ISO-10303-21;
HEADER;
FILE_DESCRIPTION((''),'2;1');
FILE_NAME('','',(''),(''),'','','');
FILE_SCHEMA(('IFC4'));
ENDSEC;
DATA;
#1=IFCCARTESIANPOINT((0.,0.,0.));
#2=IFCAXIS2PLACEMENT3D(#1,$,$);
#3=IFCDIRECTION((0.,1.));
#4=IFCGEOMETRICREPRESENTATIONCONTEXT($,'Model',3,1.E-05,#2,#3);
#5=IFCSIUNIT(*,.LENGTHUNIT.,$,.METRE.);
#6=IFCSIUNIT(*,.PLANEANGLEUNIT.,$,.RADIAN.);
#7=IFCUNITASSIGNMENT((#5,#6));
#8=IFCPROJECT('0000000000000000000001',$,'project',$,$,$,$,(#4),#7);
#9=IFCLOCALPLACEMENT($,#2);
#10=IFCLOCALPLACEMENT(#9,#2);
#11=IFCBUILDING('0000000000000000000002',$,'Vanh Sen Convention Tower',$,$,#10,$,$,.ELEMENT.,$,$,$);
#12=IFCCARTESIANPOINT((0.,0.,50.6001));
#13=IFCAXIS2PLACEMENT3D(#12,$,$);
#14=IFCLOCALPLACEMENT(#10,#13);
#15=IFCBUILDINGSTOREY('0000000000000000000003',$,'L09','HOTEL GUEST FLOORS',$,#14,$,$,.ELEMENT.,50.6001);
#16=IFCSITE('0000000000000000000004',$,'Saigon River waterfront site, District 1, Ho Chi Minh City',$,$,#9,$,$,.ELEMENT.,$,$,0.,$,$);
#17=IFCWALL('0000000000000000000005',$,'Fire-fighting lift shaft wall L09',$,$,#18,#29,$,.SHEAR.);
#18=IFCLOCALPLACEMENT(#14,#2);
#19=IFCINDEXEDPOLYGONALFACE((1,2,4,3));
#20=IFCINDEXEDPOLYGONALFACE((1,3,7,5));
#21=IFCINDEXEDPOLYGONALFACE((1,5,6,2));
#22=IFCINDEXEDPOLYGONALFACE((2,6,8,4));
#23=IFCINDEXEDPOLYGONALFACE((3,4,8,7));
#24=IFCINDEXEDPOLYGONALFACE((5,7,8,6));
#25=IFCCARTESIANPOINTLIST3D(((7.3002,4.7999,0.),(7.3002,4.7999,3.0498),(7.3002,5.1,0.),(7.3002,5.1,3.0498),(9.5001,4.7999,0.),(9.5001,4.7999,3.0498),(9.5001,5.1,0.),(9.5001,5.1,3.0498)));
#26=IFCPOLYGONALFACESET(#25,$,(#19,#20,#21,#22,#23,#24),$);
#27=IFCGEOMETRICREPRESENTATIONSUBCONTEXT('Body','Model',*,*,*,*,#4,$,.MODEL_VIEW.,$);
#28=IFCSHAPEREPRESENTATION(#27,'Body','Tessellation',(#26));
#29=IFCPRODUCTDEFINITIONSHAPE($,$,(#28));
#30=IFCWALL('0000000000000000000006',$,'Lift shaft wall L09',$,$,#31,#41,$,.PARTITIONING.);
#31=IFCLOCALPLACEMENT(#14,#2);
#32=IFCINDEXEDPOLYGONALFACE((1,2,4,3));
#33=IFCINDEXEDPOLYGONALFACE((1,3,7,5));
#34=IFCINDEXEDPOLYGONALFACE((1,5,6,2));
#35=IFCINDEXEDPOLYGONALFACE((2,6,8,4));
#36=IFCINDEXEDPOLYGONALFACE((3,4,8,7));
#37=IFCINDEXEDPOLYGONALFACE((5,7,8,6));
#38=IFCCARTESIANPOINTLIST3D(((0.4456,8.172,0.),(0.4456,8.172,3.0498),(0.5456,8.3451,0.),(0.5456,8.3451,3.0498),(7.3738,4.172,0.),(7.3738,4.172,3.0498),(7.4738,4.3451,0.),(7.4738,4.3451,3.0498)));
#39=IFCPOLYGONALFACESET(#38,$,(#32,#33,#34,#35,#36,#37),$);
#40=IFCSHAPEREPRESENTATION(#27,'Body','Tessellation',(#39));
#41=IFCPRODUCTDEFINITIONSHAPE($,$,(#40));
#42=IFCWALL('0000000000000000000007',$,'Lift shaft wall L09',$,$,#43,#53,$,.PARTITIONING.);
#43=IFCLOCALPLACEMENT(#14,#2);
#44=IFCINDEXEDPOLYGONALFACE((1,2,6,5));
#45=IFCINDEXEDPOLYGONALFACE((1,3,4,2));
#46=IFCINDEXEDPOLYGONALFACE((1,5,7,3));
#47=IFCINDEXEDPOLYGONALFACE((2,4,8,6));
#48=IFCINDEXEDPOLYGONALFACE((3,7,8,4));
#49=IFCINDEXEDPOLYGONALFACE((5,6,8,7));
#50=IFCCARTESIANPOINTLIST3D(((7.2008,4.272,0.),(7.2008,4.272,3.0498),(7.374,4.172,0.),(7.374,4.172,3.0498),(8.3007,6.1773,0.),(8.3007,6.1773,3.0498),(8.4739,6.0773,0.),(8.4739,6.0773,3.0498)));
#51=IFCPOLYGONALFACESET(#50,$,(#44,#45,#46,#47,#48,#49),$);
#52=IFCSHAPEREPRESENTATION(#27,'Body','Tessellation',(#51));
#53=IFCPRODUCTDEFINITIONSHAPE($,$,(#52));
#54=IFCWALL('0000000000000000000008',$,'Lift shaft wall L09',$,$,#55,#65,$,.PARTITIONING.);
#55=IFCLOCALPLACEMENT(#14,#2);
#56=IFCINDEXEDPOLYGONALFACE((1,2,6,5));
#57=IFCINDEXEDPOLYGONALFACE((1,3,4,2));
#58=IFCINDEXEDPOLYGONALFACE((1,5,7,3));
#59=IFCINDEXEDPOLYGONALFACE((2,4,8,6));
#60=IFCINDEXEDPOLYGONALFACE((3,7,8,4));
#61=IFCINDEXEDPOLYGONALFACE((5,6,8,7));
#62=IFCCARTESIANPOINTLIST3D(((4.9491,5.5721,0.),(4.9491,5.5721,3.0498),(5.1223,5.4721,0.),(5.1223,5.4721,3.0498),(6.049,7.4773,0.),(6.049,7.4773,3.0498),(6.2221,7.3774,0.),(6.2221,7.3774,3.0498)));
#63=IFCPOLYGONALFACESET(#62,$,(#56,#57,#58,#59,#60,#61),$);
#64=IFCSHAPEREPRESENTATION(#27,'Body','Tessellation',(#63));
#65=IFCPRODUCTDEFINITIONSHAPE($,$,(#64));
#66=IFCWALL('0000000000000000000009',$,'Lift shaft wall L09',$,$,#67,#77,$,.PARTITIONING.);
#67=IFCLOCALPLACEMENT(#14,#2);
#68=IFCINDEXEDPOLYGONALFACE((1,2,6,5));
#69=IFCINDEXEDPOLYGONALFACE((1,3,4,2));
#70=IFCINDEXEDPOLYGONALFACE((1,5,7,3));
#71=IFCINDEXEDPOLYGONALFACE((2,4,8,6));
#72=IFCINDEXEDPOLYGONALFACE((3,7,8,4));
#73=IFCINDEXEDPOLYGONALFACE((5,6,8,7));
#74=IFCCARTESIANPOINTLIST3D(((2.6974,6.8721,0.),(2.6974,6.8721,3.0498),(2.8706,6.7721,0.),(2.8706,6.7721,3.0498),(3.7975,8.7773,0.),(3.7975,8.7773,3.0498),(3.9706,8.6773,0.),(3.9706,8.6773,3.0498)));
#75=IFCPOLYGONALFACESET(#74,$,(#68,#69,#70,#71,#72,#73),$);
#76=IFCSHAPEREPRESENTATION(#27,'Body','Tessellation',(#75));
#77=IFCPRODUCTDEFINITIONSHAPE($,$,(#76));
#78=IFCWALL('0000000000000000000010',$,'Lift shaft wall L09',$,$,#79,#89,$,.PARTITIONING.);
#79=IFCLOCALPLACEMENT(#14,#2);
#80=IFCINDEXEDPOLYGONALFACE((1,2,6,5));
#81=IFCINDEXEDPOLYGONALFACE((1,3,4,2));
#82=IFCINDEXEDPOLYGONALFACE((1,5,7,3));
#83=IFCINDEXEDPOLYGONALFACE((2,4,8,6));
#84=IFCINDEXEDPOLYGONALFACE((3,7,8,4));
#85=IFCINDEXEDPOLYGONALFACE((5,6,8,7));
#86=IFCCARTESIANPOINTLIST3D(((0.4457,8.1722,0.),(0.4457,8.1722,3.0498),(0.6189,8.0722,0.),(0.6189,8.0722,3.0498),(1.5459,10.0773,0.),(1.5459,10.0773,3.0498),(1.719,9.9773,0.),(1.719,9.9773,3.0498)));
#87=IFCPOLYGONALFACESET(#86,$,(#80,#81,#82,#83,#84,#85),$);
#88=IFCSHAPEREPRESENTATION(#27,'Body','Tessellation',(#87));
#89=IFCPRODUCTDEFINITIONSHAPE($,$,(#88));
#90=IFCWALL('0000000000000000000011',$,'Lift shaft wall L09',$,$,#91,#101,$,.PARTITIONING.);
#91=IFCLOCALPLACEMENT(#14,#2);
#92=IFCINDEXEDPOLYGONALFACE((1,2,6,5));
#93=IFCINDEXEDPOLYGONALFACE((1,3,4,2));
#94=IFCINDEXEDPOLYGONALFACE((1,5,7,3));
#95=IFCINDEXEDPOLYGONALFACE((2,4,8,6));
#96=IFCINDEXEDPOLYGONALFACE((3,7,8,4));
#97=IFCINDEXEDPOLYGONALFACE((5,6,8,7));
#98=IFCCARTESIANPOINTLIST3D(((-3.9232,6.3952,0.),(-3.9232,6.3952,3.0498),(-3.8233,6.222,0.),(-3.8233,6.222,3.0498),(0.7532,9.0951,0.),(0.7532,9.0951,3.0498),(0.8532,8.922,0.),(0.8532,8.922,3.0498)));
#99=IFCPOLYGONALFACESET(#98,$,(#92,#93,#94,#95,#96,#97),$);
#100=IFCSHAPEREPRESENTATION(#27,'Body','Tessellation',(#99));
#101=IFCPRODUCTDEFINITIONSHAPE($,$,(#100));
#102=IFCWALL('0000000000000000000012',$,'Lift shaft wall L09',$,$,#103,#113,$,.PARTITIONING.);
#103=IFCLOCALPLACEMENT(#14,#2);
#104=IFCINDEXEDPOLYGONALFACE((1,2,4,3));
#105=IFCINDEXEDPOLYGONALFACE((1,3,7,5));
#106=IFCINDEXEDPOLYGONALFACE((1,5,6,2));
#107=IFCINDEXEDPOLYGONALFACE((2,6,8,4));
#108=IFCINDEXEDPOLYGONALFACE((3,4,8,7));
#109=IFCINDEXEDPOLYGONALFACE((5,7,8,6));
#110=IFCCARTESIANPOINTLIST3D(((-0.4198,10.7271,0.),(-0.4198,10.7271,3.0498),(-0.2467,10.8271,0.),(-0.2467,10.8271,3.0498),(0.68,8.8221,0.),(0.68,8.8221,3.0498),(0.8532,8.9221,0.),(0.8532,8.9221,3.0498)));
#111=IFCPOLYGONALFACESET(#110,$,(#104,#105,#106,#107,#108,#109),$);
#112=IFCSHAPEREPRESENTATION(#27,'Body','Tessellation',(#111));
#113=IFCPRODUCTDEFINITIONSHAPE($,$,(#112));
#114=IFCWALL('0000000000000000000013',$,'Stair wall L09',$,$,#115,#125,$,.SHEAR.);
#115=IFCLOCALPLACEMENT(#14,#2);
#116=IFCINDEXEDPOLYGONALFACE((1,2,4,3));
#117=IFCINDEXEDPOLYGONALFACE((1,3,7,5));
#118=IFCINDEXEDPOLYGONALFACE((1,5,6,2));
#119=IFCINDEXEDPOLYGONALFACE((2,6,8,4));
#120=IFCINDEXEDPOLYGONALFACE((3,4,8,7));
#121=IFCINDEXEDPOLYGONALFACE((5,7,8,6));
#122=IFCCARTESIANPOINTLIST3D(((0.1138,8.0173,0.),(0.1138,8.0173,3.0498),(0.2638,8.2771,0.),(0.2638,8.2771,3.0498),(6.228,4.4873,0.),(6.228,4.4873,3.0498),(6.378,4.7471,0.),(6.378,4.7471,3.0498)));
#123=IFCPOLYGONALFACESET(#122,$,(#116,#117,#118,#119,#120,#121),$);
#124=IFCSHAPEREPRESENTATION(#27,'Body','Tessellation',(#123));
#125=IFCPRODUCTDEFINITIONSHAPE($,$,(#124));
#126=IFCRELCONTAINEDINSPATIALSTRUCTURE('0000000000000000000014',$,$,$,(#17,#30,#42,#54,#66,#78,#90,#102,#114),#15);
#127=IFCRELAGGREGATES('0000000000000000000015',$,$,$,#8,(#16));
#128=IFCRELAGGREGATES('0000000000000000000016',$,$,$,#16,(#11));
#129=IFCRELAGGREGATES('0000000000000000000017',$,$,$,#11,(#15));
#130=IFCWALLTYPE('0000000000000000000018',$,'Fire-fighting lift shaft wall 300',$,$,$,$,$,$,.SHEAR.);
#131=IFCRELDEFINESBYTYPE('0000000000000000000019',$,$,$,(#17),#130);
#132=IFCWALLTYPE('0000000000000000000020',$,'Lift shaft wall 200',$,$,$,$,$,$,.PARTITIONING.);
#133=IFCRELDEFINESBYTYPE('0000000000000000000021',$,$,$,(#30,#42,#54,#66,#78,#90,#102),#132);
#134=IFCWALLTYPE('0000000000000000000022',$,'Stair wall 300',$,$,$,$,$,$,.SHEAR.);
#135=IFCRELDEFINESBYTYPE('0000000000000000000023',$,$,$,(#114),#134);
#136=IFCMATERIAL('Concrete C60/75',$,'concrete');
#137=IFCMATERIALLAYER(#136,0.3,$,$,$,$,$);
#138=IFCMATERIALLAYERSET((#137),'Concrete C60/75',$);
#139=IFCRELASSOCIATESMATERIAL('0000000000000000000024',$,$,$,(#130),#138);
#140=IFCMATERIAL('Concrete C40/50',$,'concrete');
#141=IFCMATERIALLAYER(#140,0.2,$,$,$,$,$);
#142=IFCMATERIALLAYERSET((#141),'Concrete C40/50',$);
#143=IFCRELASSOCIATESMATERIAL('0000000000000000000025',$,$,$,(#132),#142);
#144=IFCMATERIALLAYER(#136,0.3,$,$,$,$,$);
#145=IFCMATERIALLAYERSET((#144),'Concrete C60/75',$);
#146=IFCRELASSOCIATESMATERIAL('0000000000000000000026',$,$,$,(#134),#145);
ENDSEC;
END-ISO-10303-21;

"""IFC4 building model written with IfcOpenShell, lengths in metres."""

from ifc_helpers import new_model, si_unit, direction, frame, frame_2d, origin, place, context, subcontext, project, spatial, rectangle, extrude, material, layer, layer_set, type_object, element, save


model = new_model("IFC4")

# Units and contexts
model_context = context("Model", 3, precision=1e-05, world=origin(), true_north=direction((0.0, 1.0)))
body_context = subcontext(model_context, "Body", "Model", "MODEL_VIEW")
ifc_project = project(units=[si_unit("LENGTHUNIT", "METRE"), si_unit("PLANEANGLEUNIT", "RADIAN")], contexts=[model_context])

# Site, building, storey
site_placement = place(None, origin())
site = spatial("IfcSite", under=ifc_project, at=site_placement, Name="Saigon River waterfront site, District 1, Ho Chi Minh City", CompositionType="ELEMENT", RefElevation=0.0)
building_placement = place(site_placement, origin())
building = spatial("IfcBuilding", under=site, at=building_placement, Name="Vanh Sen Convention Tower", CompositionType="ELEMENT")
storey_placement = place(building_placement, frame((0.0, 0.0, 50.6001)))
storey = spatial("IfcBuildingStorey", under=building, at=storey_placement, Name="L09", Description="HOTEL GUEST FLOORS", CompositionType="ELEMENT", Elevation=50.6001)

# Shared definitions
ifc_material_1 = material(Name="Concrete C60/75", Category="concrete")
ifc_layer_1 = layer(ifc_material_1, 0.3)
ifc_layer_set_1 = layer_set([ifc_layer_1], Name="Concrete C60/75")
wall_type_1 = type_object("IfcWallType", Name="Fire-fighting lift shaft wall 300", PredefinedType="SHEAR", material=ifc_layer_set_1)

# Walls
wall_1_placement = place(storey_placement, frame((7.3, 4.95, 0.0), z_axis=(0.0, 0.0, 1.0), x_axis=(1.0, 0.0, 0.0)))
element("IfcWall", 1, at=wall_1_placement, inside=storey, type_object=wall_type_1, Name="Fire-fighting lift shaft wall L09", PredefinedType="SHEAR", context=body_context, shape_type="SweptSolid", body=[
    extrude(rectangle(XDim=2.2, YDim=0.3, at=frame_2d((1.1001, 0.0))), origin(), (0.0, 0.0, 1.0), 3.0498),
])
ifc_material_2 = material(Name="Concrete C40/50", Category="concrete")
ifc_layer_2 = layer(ifc_material_2, 0.2)
ifc_layer_set_2 = layer_set([ifc_layer_2], Name="Concrete C40/50")
wall_type_2 = type_object("IfcWallType", Name="Lift shaft wall 200", PredefinedType="PARTITIONING", material=ifc_layer_set_2)
wall_2_placement = place(storey_placement, frame((7.4238, 4.2585, 0.0), z_axis=(0.0, 0.0, 1.0), x_axis=(-0.866026, 0.499999, 0.0)))
element("IfcWall", 2, at=wall_2_placement, inside=storey, type_object=wall_type_2, Name="Lift shaft wall L09", PredefinedType="PARTITIONING", context=body_context, shape_type="SweptSolid", body=[
    extrude(rectangle(XDim=8.0, YDim=0.2, at=frame_2d((4.0, 0.0))), origin(), (0.0, 0.0, 1.0), 3.0498),
])
for number, where, z_axis, x_axis, name in (
    (3, (7.2874, 4.2219, 0.0), (0.0, 0.0, 1.0), (0.499947, 0.866056, 0.0), "Lift shaft wall L09"),
    (4, (5.0356, 5.522, 0.0), (0.0, 0.0, 1.0), (0.499947, 0.866056, 0.0), "Lift shaft wall L09"),
    (5, (2.7839, 6.822, 0.0), (0.0, 0.0, 1.0), (0.50003, 0.866008, 0.0), "Lift shaft wall L09"),
    (6, (0.5322, 8.1221, 0.0), (0.0, 0.0, 1.0), (0.500078, 0.86598, 0.0), "Lift shaft wall L09"),
):
    element("IfcWall", number, at=place(storey_placement, frame(where, z_axis=z_axis, x_axis=x_axis)), inside=storey, type_object=wall_type_2, Name=name, PredefinedType="PARTITIONING", context=body_context, shape_type="SweptSolid", body=[
        extrude(rectangle(XDim=2.2, YDim=0.2, at=frame_2d((1.1001, 0.0))), origin(), (0.0, 0.0, 1.0), 3.0498),
    ])
wall_3_placement = place(storey_placement, frame((0.8032, 9.0085, 0.0), z_axis=(0.0, 0.0, 1.0), x_axis=(-0.866028, -0.499995, 0.0)))
element("IfcWall", 7, at=wall_3_placement, inside=storey, type_object=wall_type_2, Name="Lift shaft wall L09", PredefinedType="PARTITIONING", context=body_context, shape_type="SweptSolid", body=[
    extrude(rectangle(XDim=5.3999, YDim=0.2, at=frame_2d((2.7, 0.0))), origin(), (0.0, 0.0, 1.0), 3.0498),
])
wall_4_placement = place(storey_placement, frame((0.7666, 8.8721, 0.0), z_axis=(0.0, 0.0, 1.0), x_axis=(-0.499995, 0.866028, 0.0)))
element("IfcWall", 8, at=wall_4_placement, inside=storey, type_object=wall_type_2, Name="Lift shaft wall L09", PredefinedType="PARTITIONING", context=body_context, shape_type="SweptSolid", body=[
    extrude(rectangle(XDim=2.1997, YDim=0.2, at=frame_2d((1.0999, 0.0))), origin(), (0.0, 0.0, 1.0), 3.0498),
])
ifc_layer_3 = layer(ifc_material_1, 0.3)
ifc_layer_set_3 = layer_set([ifc_layer_3], Name="Concrete C60/75")
wall_type_3 = type_object("IfcWallType", Name="Stair wall 300", PredefinedType="SHEAR", material=ifc_layer_set_3)
wall_5_placement = place(storey_placement, frame((6.303, 4.6172, 0.0), z_axis=(0.0, 0.0, 1.0), x_axis=(-0.866028, 0.499996, 0.0)))
element("IfcWall", 9, at=wall_5_placement, inside=storey, type_object=wall_type_3, Name="Stair wall L09", PredefinedType="SHEAR", context=body_context, shape_type="SweptSolid", body=[
    extrude(rectangle(XDim=7.0601, YDim=0.3, at=frame_2d((3.53, 0.0))), origin(), (0.0, 0.0, 1.0), 3.0498),
])

save(model, "model.ifc")
